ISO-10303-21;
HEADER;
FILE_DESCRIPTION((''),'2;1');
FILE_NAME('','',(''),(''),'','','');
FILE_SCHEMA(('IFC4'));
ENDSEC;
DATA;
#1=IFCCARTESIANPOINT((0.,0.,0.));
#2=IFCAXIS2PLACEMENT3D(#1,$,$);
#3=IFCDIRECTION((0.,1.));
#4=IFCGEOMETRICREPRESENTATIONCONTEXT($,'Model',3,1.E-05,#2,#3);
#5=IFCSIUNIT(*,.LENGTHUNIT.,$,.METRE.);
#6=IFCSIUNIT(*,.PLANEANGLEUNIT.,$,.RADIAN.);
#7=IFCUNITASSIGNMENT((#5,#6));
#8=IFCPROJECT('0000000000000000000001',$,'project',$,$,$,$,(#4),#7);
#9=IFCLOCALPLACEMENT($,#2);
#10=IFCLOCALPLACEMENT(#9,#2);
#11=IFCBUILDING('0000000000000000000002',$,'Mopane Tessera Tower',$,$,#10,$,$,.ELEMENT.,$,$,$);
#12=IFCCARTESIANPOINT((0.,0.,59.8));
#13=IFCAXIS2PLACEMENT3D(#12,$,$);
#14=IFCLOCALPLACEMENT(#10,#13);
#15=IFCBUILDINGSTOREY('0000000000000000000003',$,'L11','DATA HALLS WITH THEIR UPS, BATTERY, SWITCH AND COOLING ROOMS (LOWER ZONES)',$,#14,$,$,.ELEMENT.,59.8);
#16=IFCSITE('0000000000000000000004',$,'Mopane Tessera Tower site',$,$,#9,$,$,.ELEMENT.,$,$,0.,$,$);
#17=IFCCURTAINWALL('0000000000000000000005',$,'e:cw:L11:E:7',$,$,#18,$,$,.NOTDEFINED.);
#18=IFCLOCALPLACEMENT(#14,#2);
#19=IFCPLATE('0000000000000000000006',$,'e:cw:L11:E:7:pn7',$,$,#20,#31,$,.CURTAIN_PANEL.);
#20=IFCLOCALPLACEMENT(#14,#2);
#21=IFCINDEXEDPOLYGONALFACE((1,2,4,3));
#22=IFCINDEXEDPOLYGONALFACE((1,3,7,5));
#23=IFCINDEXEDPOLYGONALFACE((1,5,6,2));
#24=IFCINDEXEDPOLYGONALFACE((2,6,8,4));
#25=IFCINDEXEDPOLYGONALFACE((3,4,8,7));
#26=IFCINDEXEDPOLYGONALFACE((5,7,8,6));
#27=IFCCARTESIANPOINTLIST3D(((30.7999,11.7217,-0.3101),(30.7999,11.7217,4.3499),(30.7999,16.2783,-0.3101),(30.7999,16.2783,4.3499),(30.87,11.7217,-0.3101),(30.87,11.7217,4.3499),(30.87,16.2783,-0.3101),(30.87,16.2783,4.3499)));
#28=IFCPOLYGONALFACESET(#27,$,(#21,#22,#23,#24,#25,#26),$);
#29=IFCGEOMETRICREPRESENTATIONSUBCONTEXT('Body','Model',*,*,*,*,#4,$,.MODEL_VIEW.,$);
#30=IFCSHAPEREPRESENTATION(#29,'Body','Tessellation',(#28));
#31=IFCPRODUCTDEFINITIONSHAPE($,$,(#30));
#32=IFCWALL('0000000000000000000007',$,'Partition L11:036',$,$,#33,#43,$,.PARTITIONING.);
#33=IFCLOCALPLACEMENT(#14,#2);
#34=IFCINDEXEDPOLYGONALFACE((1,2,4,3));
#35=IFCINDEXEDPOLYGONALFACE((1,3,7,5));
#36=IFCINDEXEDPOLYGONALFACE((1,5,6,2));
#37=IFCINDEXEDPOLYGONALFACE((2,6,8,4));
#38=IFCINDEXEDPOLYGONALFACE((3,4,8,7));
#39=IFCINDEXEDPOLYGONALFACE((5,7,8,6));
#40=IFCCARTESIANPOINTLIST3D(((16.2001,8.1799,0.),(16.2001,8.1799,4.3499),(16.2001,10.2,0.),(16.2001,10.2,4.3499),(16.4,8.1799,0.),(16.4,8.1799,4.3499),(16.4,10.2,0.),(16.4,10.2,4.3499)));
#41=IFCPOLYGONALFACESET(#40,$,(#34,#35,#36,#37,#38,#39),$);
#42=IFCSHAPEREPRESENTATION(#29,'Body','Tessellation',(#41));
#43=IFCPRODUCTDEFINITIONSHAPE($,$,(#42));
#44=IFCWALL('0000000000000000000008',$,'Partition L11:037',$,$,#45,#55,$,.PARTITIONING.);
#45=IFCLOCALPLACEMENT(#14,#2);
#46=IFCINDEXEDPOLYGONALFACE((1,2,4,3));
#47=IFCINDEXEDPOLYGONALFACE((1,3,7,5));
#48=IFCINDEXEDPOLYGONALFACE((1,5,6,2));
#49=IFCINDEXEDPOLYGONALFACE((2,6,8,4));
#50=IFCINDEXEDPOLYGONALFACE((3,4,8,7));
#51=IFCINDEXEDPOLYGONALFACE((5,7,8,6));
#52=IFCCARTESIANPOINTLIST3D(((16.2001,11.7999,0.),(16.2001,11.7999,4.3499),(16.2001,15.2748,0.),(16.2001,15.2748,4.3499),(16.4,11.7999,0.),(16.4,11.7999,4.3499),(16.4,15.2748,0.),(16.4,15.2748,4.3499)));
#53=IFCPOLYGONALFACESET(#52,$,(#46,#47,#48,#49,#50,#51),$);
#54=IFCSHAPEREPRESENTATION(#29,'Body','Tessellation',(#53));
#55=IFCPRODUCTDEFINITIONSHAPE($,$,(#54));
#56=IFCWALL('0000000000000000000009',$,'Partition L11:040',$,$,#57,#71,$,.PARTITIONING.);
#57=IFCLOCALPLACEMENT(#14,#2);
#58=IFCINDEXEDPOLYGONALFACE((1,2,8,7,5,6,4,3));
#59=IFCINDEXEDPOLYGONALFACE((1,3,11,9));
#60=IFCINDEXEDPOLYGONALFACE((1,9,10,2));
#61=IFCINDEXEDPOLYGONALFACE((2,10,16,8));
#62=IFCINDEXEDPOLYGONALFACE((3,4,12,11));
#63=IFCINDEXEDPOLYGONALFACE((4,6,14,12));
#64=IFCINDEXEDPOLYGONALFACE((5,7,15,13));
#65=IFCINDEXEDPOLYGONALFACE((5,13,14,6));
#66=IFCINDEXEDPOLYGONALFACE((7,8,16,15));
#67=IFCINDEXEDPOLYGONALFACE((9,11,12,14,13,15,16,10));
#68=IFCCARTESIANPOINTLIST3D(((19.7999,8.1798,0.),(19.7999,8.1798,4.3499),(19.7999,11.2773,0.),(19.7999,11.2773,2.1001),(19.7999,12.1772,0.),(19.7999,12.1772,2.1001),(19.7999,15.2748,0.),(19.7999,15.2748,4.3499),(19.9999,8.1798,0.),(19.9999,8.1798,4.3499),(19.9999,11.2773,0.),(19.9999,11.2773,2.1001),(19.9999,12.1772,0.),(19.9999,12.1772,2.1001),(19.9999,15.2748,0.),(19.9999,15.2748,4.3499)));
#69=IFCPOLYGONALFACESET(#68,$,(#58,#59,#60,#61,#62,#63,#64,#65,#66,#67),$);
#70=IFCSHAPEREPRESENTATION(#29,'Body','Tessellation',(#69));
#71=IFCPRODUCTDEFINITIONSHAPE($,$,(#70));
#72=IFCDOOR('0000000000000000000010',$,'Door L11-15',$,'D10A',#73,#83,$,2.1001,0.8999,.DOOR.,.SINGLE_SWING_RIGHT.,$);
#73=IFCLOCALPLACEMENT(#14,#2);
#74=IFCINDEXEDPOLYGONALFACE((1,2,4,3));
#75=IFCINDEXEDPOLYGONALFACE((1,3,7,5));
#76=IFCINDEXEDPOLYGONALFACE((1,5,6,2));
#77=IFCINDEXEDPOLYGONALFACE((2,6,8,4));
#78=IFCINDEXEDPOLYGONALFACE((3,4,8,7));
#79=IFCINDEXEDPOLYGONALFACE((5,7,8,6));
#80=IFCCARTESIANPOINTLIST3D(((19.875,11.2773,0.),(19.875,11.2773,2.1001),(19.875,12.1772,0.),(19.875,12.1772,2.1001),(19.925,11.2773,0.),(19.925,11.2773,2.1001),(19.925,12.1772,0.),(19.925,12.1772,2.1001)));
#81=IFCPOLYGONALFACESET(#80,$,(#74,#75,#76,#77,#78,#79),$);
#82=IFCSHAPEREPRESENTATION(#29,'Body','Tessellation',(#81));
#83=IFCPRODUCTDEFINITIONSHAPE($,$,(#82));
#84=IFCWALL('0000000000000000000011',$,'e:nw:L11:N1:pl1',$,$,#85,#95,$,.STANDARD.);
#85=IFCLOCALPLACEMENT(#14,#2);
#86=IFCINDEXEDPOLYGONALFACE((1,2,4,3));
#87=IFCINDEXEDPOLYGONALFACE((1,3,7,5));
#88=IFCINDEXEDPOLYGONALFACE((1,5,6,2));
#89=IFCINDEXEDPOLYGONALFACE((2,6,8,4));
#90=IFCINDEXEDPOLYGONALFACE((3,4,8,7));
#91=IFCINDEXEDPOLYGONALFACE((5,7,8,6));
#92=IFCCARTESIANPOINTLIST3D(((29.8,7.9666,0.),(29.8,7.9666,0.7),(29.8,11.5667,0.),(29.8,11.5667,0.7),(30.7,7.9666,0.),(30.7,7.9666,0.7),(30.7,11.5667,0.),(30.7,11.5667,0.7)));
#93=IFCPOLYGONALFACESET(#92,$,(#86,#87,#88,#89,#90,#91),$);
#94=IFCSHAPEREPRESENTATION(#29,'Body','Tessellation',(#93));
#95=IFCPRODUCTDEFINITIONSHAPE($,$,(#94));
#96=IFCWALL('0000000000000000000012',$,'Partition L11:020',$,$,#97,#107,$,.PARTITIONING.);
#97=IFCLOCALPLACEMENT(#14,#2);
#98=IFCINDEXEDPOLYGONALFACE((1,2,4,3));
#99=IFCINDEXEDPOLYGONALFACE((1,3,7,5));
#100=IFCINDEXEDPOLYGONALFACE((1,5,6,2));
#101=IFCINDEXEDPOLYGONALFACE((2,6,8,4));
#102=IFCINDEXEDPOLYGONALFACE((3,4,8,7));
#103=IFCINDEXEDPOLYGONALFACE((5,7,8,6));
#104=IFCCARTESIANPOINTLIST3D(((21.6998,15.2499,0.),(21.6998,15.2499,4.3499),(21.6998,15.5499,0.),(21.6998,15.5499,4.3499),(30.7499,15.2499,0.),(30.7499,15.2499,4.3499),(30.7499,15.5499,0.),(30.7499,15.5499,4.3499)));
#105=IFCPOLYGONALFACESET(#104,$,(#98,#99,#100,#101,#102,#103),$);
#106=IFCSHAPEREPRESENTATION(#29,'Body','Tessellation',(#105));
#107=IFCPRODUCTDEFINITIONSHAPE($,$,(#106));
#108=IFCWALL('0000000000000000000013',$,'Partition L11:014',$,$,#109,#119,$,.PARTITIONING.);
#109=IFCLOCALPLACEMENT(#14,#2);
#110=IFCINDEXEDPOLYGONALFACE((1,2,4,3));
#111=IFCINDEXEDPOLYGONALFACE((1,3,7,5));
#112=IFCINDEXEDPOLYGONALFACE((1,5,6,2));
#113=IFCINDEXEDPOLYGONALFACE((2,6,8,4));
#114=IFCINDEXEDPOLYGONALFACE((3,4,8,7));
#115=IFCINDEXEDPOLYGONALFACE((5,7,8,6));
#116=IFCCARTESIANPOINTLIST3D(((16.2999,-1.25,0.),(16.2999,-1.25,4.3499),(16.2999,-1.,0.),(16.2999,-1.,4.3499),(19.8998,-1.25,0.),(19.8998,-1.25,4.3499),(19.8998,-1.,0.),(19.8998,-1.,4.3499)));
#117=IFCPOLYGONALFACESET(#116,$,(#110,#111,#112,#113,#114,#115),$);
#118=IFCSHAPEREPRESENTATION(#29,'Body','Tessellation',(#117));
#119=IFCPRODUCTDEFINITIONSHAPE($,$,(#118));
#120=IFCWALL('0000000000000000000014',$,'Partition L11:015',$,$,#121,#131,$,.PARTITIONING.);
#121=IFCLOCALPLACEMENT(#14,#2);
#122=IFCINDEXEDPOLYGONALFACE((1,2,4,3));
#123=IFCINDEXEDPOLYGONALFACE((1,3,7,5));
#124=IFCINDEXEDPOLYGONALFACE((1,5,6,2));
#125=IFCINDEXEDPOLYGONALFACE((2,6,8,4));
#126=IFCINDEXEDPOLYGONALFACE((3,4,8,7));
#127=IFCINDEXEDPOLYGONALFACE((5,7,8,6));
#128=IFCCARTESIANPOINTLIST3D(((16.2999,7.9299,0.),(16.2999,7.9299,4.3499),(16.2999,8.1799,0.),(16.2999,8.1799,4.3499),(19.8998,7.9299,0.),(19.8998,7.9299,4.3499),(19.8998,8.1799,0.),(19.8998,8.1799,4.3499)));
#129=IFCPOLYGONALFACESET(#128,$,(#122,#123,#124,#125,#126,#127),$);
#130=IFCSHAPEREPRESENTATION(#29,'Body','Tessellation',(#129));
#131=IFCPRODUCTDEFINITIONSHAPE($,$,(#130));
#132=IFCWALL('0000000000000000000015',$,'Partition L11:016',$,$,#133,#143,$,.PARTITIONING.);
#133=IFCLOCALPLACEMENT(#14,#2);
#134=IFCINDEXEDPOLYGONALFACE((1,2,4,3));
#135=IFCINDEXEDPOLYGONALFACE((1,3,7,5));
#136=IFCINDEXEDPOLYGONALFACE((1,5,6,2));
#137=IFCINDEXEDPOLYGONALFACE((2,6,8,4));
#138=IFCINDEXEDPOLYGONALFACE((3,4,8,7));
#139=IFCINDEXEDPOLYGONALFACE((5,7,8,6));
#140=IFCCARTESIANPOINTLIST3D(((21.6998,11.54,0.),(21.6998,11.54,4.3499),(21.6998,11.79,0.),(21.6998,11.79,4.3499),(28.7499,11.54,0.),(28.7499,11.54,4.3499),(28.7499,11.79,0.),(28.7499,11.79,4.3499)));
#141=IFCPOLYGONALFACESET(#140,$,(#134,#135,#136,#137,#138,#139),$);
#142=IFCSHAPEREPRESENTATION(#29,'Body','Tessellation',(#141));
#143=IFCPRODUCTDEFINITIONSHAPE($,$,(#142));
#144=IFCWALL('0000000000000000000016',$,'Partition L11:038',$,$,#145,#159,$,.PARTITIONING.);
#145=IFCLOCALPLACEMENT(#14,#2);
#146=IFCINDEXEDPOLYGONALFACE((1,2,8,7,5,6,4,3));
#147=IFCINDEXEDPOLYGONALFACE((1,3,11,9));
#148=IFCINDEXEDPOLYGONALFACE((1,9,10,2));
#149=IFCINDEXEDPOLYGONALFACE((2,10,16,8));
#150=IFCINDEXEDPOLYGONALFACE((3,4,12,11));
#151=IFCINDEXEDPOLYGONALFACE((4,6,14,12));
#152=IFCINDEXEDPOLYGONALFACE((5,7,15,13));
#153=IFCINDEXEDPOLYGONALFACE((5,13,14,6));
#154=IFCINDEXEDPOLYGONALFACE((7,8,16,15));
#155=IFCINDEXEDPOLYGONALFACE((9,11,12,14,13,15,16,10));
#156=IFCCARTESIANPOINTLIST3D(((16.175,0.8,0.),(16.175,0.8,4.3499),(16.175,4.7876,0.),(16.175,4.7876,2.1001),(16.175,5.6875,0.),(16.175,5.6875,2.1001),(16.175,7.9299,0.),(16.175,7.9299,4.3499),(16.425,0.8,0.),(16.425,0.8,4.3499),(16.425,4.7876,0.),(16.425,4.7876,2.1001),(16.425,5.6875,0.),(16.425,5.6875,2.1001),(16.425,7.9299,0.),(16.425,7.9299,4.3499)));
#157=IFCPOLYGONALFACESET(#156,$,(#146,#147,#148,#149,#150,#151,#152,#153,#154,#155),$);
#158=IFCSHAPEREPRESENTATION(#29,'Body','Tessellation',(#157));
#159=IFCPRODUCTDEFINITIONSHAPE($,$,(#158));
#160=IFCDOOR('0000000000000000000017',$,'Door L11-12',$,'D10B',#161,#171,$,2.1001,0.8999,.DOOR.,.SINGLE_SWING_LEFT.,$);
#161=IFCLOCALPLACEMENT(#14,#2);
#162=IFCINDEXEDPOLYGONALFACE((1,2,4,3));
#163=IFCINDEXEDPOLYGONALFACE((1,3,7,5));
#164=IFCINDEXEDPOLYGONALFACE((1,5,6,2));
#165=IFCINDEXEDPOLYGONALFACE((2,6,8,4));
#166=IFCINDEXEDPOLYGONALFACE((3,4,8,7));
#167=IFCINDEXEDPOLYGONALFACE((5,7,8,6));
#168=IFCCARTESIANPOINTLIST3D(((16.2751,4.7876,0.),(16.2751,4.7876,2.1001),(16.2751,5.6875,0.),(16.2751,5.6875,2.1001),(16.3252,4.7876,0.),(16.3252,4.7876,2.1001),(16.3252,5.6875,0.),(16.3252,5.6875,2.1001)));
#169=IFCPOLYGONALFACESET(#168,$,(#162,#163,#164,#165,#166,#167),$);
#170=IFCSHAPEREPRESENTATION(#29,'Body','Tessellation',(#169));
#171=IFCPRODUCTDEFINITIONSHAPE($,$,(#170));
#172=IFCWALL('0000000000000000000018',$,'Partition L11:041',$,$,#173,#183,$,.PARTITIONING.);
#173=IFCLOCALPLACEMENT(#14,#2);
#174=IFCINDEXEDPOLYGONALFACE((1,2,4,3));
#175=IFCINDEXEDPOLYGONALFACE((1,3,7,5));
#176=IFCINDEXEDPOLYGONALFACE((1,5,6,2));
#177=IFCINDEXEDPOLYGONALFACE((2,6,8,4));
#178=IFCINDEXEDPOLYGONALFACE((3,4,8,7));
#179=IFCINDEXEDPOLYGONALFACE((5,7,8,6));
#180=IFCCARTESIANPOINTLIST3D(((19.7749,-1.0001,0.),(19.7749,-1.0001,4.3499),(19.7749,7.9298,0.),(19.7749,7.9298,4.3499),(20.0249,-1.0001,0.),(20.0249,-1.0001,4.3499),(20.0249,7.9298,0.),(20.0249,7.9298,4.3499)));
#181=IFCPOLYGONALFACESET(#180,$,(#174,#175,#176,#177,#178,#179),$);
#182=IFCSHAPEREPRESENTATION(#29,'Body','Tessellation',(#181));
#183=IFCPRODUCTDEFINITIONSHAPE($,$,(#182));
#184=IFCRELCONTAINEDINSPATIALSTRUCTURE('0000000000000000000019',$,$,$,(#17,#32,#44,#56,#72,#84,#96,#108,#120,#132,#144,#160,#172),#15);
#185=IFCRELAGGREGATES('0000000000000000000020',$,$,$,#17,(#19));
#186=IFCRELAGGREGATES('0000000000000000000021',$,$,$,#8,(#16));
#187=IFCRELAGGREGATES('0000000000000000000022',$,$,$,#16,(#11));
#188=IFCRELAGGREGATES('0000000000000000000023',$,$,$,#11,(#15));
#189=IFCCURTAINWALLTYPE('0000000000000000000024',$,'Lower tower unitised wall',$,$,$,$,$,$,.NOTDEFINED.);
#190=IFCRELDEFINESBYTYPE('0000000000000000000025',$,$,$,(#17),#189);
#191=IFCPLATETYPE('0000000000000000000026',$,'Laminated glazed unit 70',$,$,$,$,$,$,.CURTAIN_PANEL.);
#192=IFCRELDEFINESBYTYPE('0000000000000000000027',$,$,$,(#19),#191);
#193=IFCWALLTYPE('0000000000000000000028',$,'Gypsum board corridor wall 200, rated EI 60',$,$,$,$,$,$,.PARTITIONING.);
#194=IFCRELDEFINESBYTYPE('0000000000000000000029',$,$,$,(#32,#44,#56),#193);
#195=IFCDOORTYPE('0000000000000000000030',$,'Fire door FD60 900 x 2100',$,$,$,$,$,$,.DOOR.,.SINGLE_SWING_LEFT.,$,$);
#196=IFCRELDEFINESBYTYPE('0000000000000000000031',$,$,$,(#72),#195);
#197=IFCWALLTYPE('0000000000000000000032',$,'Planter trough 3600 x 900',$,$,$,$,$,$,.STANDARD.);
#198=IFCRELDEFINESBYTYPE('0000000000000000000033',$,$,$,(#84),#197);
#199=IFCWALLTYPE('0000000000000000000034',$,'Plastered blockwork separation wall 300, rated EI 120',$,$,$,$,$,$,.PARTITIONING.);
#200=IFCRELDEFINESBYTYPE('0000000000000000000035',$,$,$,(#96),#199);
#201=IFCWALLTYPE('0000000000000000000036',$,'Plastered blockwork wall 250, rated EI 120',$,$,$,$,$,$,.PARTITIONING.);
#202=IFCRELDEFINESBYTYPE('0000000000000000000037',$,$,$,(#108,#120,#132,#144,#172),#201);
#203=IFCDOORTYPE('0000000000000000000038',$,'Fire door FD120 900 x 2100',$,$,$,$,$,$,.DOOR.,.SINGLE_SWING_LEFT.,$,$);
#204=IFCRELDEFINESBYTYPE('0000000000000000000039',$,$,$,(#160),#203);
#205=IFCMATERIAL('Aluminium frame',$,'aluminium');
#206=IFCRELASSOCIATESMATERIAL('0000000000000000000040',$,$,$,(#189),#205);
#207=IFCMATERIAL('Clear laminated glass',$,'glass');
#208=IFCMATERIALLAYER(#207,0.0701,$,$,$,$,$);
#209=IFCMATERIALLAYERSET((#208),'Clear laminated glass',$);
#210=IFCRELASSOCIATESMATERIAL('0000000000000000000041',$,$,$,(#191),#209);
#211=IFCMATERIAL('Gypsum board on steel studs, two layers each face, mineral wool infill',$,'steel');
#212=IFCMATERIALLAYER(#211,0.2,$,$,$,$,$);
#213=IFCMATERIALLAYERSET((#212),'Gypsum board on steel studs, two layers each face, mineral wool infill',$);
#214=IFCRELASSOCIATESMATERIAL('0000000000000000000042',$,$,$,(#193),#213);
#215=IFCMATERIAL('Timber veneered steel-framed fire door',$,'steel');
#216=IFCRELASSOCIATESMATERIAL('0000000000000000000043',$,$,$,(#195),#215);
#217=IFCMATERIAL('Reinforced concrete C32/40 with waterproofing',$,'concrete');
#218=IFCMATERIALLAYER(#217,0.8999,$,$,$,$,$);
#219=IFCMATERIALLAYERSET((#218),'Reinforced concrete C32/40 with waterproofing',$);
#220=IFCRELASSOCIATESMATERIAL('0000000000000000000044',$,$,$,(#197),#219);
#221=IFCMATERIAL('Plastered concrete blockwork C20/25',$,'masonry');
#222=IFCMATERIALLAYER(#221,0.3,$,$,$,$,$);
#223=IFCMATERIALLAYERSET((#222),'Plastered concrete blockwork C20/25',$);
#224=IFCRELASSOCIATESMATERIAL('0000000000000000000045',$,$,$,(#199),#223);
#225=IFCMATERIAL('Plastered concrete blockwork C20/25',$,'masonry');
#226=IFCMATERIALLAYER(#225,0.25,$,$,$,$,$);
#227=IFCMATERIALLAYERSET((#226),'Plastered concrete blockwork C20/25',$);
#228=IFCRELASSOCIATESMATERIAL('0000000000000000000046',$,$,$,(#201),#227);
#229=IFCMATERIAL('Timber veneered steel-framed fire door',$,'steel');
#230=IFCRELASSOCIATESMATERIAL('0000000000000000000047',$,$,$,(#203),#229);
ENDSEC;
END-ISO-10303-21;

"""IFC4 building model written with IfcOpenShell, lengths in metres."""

from ifc_helpers import new_model, si_unit, direction, frame, frame_2d, origin, origin_2d, place, context, subcontext, project, spatial, rectangle, extrude, material, layer, layer_set, type_object, element, fill, aggregate, save


model = new_model("IFC4")

# Units and contexts
model_context = context("Model", 3, precision=1e-05, world=origin(), true_north=direction((0.0, 1.0)))
body_context = subcontext(model_context, "Body", "Model", "MODEL_VIEW")
ifc_project = project(units=[si_unit("LENGTHUNIT", "METRE"), si_unit("PLANEANGLEUNIT", "RADIAN")], contexts=[model_context])

# Site, building, storey
site_placement = place(None, origin())
site = spatial("IfcSite", under=ifc_project, at=site_placement, Name="Mopane Tessera Tower site", CompositionType="ELEMENT", RefElevation=0.0)
building_placement = place(site_placement, origin())
building = spatial("IfcBuilding", under=site, at=building_placement, Name="Mopane Tessera Tower", CompositionType="ELEMENT")
storey_placement = place(building_placement, frame((0.0, 0.0, 59.8)))
storey = spatial("IfcBuildingStorey", under=building, at=storey_placement, Name="L11", Description="DATA HALLS WITH THEIR UPS, BATTERY, SWITCH AND COOLING ROOMS (LOWER ZONES)", CompositionType="ELEMENT", Elevation=59.8)

# Curtain wall
ifc_material_1 = material(Name="Aluminium frame", Category="aluminium")
curtain_wall_type = type_object("IfcCurtainWallType", Name="Lower tower unitised wall", PredefinedType="NOTDEFINED", material=ifc_material_1)
curtain_wall_placement = place(storey_placement, origin())
curtain_wall = element("IfcCurtainWall", 1, at=curtain_wall_placement, inside=storey, type_object=curtain_wall_type, Name="e:cw:L11:E:7", PredefinedType="NOTDEFINED")

# Plate
ifc_material_2 = material(Name="Clear laminated glass", Category="glass")
ifc_layer_1 = layer(ifc_material_2, 0.0701)
ifc_layer_set_1 = layer_set([ifc_layer_1], Name="Clear laminated glass")
plate_type = type_object("IfcPlateType", Name="Laminated glazed unit 70", PredefinedType="CURTAIN_PANEL", material=ifc_layer_set_1)
plate_placement = place(storey_placement, frame((30.835, 14.0, -0.3101), z_axis=(0.0, 0.0, 1.0), x_axis=(0.0, 1.0, 0.0)))
plate = element("IfcPlate", 2, at=plate_placement, type_object=plate_type, Name="e:cw:L11:E:7:pn7", PredefinedType="CURTAIN_PANEL", context=body_context, shape_type="SweptSolid", body=[
    extrude(rectangle(XDim=4.5566, YDim=0.0701, at=origin_2d()), origin(), (0.0, 0.0, 1.0), 4.6599),
])
aggregate(curtain_wall, [plate])

# Walls
ifc_material_3 = material(Name="Gypsum board on steel studs, two layers each face, mineral wool infill", Category="steel")
ifc_layer_2 = layer(ifc_material_3, 0.2)
ifc_layer_set_2 = layer_set([ifc_layer_2], Name="Gypsum board on steel studs, two layers each face, mineral wool infill")
wall_type_1 = type_object("IfcWallType", Name="Gypsum board corridor wall 200, rated EI 60", PredefinedType="PARTITIONING", material=ifc_layer_set_2)
wall_1_placement = place(storey_placement, frame((16.3, 8.1799, 0.0), z_axis=(0.0, 0.0, 1.0), x_axis=(0.0, 1.0, 0.0)))
element("IfcWall", 3, at=wall_1_placement, inside=storey, type_object=wall_type_1, Name="Partition L11:036", PredefinedType="PARTITIONING", context=body_context, shape_type="SweptSolid", body=[
    extrude(rectangle(XDim=2.02, YDim=0.2, at=frame_2d((1.01, 0.0))), origin(), (0.0, 0.0, 1.0), 4.3499),
])
wall_2_placement = place(storey_placement, frame((16.3, 11.8, 0.0), z_axis=(0.0, 0.0, 1.0), x_axis=(0.0, 1.0, 0.0)))
element("IfcWall", 4, at=wall_2_placement, inside=storey, type_object=wall_type_1, Name="Partition L11:037", PredefinedType="PARTITIONING", context=body_context, shape_type="SweptSolid", body=[
    extrude(rectangle(XDim=3.4749, YDim=0.2, at=frame_2d((1.7373, 0.0))), origin(), (0.0, 0.0, 1.0), 4.3499),
])

# Wall, opening, door
wall_3_placement = place(storey_placement, frame((19.8999, 8.1799, 0.0), z_axis=(0.0, 0.0, 1.0), x_axis=(0.0, 1.0, 0.0)))
wall_3 = element("IfcWall", 5, at=wall_3_placement, inside=storey, type_object=wall_type_1, Name="Partition L11:040", PredefinedType="PARTITIONING", context=body_context, shape_type="SweptSolid", body=[
    extrude(rectangle(XDim=7.095, YDim=0.2, at=frame_2d((3.5474, 0.0))), origin(), (0.0, 0.0, 1.0), 4.3499),
])
opening_1_placement = place(wall_3_placement, frame((3.0974, 0.0, 0.0)))
opening_1 = element("IfcOpeningElement", 6, at=opening_1_placement, cuts=wall_3, PredefinedType="OPENING", context=body_context, shape_type="SweptSolid", body=[
    extrude(rectangle(XDim=0.8999, YDim=2.1001, at=frame_2d((0.45, 1.05))), frame((0.0, 0.1121, 0.0), z_axis=(0.0, -1.0, 0.0), x_axis=(1.0, 0.0, 0.0)), (0.0, 0.0, 1.0), 0.2239),
])
ifc_material_4 = material(Name="Timber veneered steel-framed fire door", Category="steel")
door_type_1 = type_object("IfcDoorType", Name="Fire door FD60 900 x 2100", OperationType="SINGLE_SWING_LEFT", PredefinedType="DOOR", material=ifc_material_4)
door_1_placement = place(opening_1_placement, origin())
door_1 = element("IfcDoor", 7, at=door_1_placement, inside=storey, type_object=door_type_1, Name="Door L11-15", ObjectType="D10A", OperationType="SINGLE_SWING_RIGHT", OverallHeight=2.1001, OverallWidth=0.8999, PredefinedType="DOOR", context=body_context, shape_type="SweptSolid", body=[
    extrude(rectangle(XDim=0.8999, YDim=2.1001, at=frame_2d((0.45, 1.05))), frame((0.0, 0.0249, 0.0), z_axis=(0.0, -1.0, 0.0), x_axis=(1.0, 0.0, 0.0)), (0.0, 0.0, 1.0), 0.05),
])
fill(opening_1, door_1)

# Walls
ifc_material_5 = material(Name="Reinforced concrete C32/40 with waterproofing", Category="concrete")
ifc_layer_3 = layer(ifc_material_5, 0.8999)
ifc_layer_set_3 = layer_set([ifc_layer_3], Name="Reinforced concrete C32/40 with waterproofing")
wall_type_2 = type_object("IfcWallType", Name="Planter trough 3600 x 900", PredefinedType="STANDARD", material=ifc_layer_set_3)
wall_4_placement = place(storey_placement, frame((30.25, 7.9666, 0.0), z_axis=(0.0, 0.0, 1.0), x_axis=(0.0, 1.0, 0.0)))
element("IfcWall", 8, at=wall_4_placement, inside=storey, type_object=wall_type_2, Name="e:nw:L11:N1:pl1", PredefinedType="STANDARD", context=body_context, shape_type="SweptSolid", body=[
    extrude(rectangle(XDim=3.6001, YDim=0.8999, at=frame_2d((1.8, 0.0))), origin(), (0.0, 0.0, 1.0), 0.7),
])
ifc_material_6 = material(Name="Plastered concrete blockwork C20/25", Category="masonry")
ifc_layer_4 = layer(ifc_material_6, 0.3)
ifc_layer_set_4 = layer_set([ifc_layer_4], Name="Plastered concrete blockwork C20/25")
wall_type_3 = type_object("IfcWallType", Name="Plastered blockwork separation wall 300, rated EI 120", PredefinedType="PARTITIONING", material=ifc_layer_set_4)
wall_5_placement = place(storey_placement, frame((21.7, 15.3999, 0.0), z_axis=(0.0, 0.0, 1.0), x_axis=(1.0, 0.0, 0.0)))
element("IfcWall", 9, at=wall_5_placement, inside=storey, type_object=wall_type_3, Name="Partition L11:020", PredefinedType="PARTITIONING", context=body_context, shape_type="SweptSolid", body=[
    extrude(rectangle(XDim=9.05, YDim=0.3, at=frame_2d((4.5249, 0.0))), origin(), (0.0, 0.0, 1.0), 4.3499),
])
ifc_material_7 = material(Name="Plastered concrete blockwork C20/25", Category="masonry")
ifc_layer_5 = layer(ifc_material_7, 0.25)
ifc_layer_set_5 = layer_set([ifc_layer_5], Name="Plastered concrete blockwork C20/25")
wall_type_4 = type_object("IfcWallType", Name="Plastered blockwork wall 250, rated EI 120", PredefinedType="PARTITIONING", material=ifc_layer_set_5)
for number, where, z_axis, x_axis, name in (
    (10, (16.3, -1.125, 0.0), (0.0, 0.0, 1.0), (1.0, 0.0, 0.0), "Partition L11:014"),
    (11, (16.3, 8.0549, 0.0), (0.0, 0.0, 1.0), (1.0, 0.0, 0.0), "Partition L11:015"),
):
    element("IfcWall", number, at=place(storey_placement, frame(where, z_axis=z_axis, x_axis=x_axis)), inside=storey, type_object=wall_type_4, Name=name, PredefinedType="PARTITIONING", context=body_context, shape_type="SweptSolid", body=[
        extrude(rectangle(XDim=3.5999, YDim=0.25, at=frame_2d((1.7998, 0.0))), origin(), (0.0, 0.0, 1.0), 4.3499),
    ])
wall_6_placement = place(storey_placement, frame((21.7, 11.665, 0.0), z_axis=(0.0, 0.0, 1.0), x_axis=(1.0, 0.0, 0.0)))
element("IfcWall", 12, at=wall_6_placement, inside=storey, type_object=wall_type_4, Name="Partition L11:016", PredefinedType="PARTITIONING", context=body_context, shape_type="SweptSolid", body=[
    extrude(rectangle(XDim=7.05, YDim=0.25, at=frame_2d((3.5249, 0.0))), origin(), (0.0, 0.0, 1.0), 4.3499),
])

# Wall, opening, door
wall_7_placement = place(storey_placement, frame((16.3, 0.8, 0.0), z_axis=(0.0, 0.0, 1.0), x_axis=(0.0, 1.0, 0.0)))
wall_7 = element("IfcWall", 13, at=wall_7_placement, inside=storey, type_object=wall_type_4, Name="Partition L11:038", PredefinedType="PARTITIONING", context=body_context, shape_type="SweptSolid", body=[
    extrude(rectangle(XDim=7.1299, YDim=0.25, at=frame_2d((3.5649, 0.0))), origin(), (0.0, 0.0, 1.0), 4.3499),
])
opening_2_placement = place(wall_7_placement, frame((3.9875, 0.0, 0.0)))
opening_2 = element("IfcOpeningElement", 14, at=opening_2_placement, cuts=wall_7, PredefinedType="OPENING", context=body_context, shape_type="SweptSolid", body=[
    extrude(rectangle(XDim=0.8999, YDim=2.1001, at=frame_2d((0.45, 1.05))), frame((0.0, 0.137, 0.0), z_axis=(0.0, -1.0, 0.0), x_axis=(1.0, 0.0, 0.0)), (0.0, 0.0, 1.0), 0.2739),
])
ifc_material_8 = material(Name="Timber veneered steel-framed fire door", Category="steel")
door_type_2 = type_object("IfcDoorType", Name="Fire door FD120 900 x 2100", OperationType="SINGLE_SWING_LEFT", PredefinedType="DOOR", material=ifc_material_8)
door_2_placement = place(opening_2_placement, origin())
door_2 = element("IfcDoor", 15, at=door_2_placement, inside=storey, type_object=door_type_2, Name="Door L11-12", ObjectType="D10B", OperationType="SINGLE_SWING_LEFT", OverallHeight=2.1001, OverallWidth=0.8999, PredefinedType="DOOR", context=body_context, shape_type="SweptSolid", body=[
    extrude(rectangle(XDim=0.8999, YDim=2.1001, at=frame_2d((0.45, 1.05))), frame((0.0, 0.0249, 0.0), z_axis=(0.0, -1.0, 0.0), x_axis=(1.0, 0.0, 0.0)), (0.0, 0.0, 1.0), 0.05),
])
fill(opening_2, door_2)

# Wall
wall_8_placement = place(storey_placement, frame((19.8999, -1.0, 0.0), z_axis=(0.0, 0.0, 1.0), x_axis=(0.0, 1.0, 0.0)))
element("IfcWall", 16, at=wall_8_placement, inside=storey, type_object=wall_type_4, Name="Partition L11:041", PredefinedType="PARTITIONING", context=body_context, shape_type="SweptSolid", body=[
    extrude(rectangle(XDim=8.9299, YDim=0.25, at=frame_2d((4.4648, 0.0))), origin(), (0.0, 0.0, 1.0), 4.3499),
])

save(model, "model.ifc")
